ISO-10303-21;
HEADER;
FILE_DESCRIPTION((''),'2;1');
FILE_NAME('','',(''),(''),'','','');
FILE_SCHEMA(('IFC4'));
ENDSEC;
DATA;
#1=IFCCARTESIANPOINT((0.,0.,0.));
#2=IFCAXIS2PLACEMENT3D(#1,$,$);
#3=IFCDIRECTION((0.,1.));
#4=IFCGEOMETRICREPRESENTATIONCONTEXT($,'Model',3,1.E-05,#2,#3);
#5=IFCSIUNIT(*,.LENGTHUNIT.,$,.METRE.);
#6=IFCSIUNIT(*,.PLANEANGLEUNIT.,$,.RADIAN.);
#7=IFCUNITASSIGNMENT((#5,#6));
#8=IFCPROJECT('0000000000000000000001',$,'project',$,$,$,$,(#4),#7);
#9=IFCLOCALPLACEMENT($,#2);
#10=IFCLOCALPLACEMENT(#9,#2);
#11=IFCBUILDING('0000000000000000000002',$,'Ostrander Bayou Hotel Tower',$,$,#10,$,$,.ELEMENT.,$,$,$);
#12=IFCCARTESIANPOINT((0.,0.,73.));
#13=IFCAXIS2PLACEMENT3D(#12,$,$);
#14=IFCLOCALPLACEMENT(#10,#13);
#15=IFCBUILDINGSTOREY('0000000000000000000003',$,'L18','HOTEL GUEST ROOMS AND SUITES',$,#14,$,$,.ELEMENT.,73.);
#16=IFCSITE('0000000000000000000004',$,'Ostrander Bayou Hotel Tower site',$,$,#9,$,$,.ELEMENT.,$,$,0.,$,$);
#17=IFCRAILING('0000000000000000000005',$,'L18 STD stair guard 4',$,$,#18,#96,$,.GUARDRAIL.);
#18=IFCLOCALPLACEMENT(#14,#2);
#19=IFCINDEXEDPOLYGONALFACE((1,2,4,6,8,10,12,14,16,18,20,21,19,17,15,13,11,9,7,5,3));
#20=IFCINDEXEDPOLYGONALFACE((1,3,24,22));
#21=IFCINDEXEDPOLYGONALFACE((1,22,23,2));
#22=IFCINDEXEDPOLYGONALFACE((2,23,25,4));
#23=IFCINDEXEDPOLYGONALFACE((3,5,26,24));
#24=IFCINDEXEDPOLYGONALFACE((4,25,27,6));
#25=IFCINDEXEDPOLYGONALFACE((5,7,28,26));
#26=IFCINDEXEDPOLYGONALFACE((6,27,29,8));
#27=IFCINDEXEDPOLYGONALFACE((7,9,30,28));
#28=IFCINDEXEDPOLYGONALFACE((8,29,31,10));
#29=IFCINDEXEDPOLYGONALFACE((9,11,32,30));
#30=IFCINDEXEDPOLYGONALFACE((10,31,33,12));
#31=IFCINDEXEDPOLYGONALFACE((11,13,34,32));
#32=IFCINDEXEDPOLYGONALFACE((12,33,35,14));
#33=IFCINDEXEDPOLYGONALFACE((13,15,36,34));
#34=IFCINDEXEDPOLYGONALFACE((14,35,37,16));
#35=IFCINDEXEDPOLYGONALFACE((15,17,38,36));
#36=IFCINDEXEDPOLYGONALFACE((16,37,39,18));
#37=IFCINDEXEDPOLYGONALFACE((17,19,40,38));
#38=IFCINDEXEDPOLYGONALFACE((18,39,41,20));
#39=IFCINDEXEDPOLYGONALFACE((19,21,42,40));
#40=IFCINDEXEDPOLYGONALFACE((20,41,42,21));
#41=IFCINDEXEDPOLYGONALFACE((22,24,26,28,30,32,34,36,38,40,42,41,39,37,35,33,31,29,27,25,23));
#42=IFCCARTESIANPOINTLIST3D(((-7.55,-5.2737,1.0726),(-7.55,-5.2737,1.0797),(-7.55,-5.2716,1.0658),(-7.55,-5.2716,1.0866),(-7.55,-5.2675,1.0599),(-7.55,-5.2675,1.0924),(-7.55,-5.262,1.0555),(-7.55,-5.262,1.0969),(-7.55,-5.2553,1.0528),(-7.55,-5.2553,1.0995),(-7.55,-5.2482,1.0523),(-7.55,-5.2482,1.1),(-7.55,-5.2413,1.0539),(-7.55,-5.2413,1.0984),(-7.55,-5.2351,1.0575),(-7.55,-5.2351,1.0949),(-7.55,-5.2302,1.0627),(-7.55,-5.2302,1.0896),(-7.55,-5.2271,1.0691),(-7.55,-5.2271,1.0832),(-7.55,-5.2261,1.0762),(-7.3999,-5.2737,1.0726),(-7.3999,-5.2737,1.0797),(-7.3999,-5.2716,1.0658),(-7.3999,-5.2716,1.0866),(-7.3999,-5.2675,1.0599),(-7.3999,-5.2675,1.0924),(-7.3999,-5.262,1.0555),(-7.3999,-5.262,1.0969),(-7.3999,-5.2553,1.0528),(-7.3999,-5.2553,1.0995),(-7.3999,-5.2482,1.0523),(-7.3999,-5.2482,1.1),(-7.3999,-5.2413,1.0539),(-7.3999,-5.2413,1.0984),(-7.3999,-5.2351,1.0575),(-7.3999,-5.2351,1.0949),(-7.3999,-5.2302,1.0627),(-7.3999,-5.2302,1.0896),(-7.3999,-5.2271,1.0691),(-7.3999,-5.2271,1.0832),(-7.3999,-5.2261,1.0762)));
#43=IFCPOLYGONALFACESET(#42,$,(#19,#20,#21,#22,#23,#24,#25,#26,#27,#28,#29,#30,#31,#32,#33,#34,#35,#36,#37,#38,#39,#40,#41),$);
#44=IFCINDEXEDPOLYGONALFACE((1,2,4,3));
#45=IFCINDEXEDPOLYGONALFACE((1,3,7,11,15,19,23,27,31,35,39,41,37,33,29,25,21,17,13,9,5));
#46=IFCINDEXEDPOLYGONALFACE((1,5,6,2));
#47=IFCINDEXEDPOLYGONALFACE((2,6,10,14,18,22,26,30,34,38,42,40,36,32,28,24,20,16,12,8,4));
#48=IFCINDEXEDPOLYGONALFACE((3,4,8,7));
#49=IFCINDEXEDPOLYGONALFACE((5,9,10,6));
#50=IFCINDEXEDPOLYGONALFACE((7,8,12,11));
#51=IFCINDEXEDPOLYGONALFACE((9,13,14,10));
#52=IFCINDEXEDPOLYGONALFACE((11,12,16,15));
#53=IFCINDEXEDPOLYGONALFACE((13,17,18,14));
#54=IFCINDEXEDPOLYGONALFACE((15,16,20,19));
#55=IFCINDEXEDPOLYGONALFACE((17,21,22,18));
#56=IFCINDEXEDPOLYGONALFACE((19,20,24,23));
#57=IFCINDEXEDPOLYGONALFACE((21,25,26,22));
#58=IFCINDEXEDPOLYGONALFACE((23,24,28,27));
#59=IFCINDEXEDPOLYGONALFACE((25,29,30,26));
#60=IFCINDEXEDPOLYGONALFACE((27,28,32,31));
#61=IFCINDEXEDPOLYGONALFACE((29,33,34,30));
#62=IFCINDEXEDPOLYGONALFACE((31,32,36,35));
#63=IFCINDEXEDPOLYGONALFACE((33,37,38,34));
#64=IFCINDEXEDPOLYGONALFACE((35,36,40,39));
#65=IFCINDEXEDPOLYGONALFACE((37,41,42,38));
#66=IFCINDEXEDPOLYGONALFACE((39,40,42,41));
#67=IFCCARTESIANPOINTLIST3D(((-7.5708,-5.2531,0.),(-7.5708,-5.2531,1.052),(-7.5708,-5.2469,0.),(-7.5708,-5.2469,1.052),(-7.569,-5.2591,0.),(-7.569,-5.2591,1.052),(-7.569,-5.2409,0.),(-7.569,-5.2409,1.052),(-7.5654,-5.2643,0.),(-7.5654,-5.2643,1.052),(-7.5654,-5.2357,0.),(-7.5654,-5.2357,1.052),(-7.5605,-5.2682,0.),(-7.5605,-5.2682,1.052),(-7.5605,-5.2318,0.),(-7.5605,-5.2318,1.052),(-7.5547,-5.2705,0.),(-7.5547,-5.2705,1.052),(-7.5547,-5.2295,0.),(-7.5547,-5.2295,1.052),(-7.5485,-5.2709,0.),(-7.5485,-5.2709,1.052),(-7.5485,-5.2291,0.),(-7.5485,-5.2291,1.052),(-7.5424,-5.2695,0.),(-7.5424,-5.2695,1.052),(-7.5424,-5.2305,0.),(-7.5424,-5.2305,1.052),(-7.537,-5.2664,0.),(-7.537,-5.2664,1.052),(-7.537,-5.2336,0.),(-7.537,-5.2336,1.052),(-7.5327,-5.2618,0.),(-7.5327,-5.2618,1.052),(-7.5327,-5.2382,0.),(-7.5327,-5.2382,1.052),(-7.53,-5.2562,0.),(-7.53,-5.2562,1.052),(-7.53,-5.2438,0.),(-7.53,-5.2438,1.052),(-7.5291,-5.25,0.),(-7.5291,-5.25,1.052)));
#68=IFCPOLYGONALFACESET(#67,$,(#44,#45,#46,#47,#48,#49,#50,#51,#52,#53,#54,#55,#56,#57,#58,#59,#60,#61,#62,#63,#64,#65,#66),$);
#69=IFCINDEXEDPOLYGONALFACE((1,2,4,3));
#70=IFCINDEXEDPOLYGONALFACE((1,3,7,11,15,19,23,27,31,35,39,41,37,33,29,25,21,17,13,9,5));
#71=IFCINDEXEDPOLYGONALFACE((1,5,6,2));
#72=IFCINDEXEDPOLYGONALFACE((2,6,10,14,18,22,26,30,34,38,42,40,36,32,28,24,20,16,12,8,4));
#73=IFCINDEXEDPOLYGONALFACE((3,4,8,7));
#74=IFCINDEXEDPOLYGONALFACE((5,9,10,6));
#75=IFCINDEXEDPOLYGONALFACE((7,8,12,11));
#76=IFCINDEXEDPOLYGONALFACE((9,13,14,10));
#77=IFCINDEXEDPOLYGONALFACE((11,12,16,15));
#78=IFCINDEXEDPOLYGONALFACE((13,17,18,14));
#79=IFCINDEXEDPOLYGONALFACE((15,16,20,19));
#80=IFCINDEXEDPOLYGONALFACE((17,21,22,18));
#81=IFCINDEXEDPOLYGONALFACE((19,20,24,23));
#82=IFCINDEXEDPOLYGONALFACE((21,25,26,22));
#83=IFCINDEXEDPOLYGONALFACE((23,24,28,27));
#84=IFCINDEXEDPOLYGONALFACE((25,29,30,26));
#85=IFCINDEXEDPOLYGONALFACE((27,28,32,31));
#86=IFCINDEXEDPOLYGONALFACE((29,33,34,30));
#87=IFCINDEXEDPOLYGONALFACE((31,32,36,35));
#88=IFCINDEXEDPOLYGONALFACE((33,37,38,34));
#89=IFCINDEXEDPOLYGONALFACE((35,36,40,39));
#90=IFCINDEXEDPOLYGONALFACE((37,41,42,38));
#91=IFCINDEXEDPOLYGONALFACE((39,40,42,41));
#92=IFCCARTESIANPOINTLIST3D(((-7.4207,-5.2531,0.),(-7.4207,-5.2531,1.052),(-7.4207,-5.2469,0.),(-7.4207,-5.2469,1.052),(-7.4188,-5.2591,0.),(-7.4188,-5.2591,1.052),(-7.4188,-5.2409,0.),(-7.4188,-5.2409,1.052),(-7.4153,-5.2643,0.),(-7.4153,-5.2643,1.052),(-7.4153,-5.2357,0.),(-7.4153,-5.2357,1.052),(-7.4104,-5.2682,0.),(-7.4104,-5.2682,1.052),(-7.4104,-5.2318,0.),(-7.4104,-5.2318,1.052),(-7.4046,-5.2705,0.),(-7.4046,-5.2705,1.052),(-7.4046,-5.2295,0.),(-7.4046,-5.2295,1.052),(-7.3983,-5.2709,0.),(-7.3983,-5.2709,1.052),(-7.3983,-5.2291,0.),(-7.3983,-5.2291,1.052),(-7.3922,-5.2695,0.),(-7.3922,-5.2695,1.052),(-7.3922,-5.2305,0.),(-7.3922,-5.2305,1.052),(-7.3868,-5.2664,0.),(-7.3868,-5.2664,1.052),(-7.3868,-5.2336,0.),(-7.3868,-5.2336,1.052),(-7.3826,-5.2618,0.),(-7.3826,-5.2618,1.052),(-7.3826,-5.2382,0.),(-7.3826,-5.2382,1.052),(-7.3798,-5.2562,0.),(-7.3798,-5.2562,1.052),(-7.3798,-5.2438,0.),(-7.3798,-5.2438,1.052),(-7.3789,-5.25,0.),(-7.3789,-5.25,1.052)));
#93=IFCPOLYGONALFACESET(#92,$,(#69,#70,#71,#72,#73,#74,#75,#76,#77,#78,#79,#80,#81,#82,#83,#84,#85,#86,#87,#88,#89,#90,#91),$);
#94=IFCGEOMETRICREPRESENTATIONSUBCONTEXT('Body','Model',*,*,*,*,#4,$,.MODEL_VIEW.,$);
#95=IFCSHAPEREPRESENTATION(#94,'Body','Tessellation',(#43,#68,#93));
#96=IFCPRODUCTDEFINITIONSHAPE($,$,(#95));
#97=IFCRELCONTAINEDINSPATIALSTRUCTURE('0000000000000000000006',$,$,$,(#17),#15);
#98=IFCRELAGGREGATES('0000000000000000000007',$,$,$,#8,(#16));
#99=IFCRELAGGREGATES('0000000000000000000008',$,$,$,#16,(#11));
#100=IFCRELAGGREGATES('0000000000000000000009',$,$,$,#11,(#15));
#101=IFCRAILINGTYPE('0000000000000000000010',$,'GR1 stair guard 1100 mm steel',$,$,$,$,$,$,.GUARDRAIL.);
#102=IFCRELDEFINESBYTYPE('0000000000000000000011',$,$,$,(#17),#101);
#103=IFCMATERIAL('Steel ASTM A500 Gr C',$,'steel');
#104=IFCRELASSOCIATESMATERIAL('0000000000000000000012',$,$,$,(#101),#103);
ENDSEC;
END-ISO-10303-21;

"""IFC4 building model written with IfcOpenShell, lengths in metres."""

from ifc_helpers import new_model, si_unit, direction, frame, origin, origin_2d, place, context, subcontext, project, spatial, circle, extrude, material, type_object, element, save


model = new_model("IFC4")

# Units and contexts
model_context = context("Model", 3, precision=1e-05, world=origin(), true_north=direction((0.0, 1.0)))
body_context = subcontext(model_context, "Body", "Model", "MODEL_VIEW")
ifc_project = project(units=[si_unit("LENGTHUNIT", "METRE"), si_unit("PLANEANGLEUNIT", "RADIAN")], contexts=[model_context])

# Site, building, storey
site_placement = place(None, origin())
site = spatial("IfcSite", under=ifc_project, at=site_placement, Name="Ostrander Bayou Hotel Tower site", CompositionType="ELEMENT", RefElevation=0.0)
building_placement = place(site_placement, origin())
building = spatial("IfcBuilding", under=site, at=building_placement, Name="Ostrander Bayou Hotel Tower", CompositionType="ELEMENT")
storey_placement = place(building_placement, frame((0.0, 0.0, 73.0)))
storey = spatial("IfcBuildingStorey", under=building, at=storey_placement, Name="L18", Description="HOTEL GUEST ROOMS AND SUITES", CompositionType="ELEMENT", Elevation=73.0)

# Railing
ifc_material_1 = material(Name="Steel ASTM A500 Gr C", Category="steel")
railing_type_1 = type_object("IfcRailingType", Name="GR1 stair guard 1100 mm steel", PredefinedType="GUARDRAIL", material=ifc_material_1)
railing_1_placement = place(storey_placement, frame((-7.55, -5.25, 0.0)))
element("IfcRailing", 1, at=railing_1_placement, inside=storey, type_object=railing_type_1, Name="L18 STD stair guard 4", PredefinedType="GUARDRAIL", context=body_context, shape_type="SweptSolid", body=[
    extrude(circle(Radius=0.0239, at=origin_2d()), frame((0.0, 0.0, 1.0762), z_axis=(1.0, 0.0, 0.0), x_axis=(0.0, 1.0, 0.0)), (0.0, 0.0, 1.0), 0.1501),
    extrude(circle(Radius=0.021, at=origin_2d()), origin(), (0.0, 0.0, 1.0), 1.052),
    extrude(circle(Radius=0.021, at=origin_2d()), frame((0.1501, 0.0, 0.0)), (0.0, 0.0, 1.0), 1.052),
])

save(model, "model.ifc")
